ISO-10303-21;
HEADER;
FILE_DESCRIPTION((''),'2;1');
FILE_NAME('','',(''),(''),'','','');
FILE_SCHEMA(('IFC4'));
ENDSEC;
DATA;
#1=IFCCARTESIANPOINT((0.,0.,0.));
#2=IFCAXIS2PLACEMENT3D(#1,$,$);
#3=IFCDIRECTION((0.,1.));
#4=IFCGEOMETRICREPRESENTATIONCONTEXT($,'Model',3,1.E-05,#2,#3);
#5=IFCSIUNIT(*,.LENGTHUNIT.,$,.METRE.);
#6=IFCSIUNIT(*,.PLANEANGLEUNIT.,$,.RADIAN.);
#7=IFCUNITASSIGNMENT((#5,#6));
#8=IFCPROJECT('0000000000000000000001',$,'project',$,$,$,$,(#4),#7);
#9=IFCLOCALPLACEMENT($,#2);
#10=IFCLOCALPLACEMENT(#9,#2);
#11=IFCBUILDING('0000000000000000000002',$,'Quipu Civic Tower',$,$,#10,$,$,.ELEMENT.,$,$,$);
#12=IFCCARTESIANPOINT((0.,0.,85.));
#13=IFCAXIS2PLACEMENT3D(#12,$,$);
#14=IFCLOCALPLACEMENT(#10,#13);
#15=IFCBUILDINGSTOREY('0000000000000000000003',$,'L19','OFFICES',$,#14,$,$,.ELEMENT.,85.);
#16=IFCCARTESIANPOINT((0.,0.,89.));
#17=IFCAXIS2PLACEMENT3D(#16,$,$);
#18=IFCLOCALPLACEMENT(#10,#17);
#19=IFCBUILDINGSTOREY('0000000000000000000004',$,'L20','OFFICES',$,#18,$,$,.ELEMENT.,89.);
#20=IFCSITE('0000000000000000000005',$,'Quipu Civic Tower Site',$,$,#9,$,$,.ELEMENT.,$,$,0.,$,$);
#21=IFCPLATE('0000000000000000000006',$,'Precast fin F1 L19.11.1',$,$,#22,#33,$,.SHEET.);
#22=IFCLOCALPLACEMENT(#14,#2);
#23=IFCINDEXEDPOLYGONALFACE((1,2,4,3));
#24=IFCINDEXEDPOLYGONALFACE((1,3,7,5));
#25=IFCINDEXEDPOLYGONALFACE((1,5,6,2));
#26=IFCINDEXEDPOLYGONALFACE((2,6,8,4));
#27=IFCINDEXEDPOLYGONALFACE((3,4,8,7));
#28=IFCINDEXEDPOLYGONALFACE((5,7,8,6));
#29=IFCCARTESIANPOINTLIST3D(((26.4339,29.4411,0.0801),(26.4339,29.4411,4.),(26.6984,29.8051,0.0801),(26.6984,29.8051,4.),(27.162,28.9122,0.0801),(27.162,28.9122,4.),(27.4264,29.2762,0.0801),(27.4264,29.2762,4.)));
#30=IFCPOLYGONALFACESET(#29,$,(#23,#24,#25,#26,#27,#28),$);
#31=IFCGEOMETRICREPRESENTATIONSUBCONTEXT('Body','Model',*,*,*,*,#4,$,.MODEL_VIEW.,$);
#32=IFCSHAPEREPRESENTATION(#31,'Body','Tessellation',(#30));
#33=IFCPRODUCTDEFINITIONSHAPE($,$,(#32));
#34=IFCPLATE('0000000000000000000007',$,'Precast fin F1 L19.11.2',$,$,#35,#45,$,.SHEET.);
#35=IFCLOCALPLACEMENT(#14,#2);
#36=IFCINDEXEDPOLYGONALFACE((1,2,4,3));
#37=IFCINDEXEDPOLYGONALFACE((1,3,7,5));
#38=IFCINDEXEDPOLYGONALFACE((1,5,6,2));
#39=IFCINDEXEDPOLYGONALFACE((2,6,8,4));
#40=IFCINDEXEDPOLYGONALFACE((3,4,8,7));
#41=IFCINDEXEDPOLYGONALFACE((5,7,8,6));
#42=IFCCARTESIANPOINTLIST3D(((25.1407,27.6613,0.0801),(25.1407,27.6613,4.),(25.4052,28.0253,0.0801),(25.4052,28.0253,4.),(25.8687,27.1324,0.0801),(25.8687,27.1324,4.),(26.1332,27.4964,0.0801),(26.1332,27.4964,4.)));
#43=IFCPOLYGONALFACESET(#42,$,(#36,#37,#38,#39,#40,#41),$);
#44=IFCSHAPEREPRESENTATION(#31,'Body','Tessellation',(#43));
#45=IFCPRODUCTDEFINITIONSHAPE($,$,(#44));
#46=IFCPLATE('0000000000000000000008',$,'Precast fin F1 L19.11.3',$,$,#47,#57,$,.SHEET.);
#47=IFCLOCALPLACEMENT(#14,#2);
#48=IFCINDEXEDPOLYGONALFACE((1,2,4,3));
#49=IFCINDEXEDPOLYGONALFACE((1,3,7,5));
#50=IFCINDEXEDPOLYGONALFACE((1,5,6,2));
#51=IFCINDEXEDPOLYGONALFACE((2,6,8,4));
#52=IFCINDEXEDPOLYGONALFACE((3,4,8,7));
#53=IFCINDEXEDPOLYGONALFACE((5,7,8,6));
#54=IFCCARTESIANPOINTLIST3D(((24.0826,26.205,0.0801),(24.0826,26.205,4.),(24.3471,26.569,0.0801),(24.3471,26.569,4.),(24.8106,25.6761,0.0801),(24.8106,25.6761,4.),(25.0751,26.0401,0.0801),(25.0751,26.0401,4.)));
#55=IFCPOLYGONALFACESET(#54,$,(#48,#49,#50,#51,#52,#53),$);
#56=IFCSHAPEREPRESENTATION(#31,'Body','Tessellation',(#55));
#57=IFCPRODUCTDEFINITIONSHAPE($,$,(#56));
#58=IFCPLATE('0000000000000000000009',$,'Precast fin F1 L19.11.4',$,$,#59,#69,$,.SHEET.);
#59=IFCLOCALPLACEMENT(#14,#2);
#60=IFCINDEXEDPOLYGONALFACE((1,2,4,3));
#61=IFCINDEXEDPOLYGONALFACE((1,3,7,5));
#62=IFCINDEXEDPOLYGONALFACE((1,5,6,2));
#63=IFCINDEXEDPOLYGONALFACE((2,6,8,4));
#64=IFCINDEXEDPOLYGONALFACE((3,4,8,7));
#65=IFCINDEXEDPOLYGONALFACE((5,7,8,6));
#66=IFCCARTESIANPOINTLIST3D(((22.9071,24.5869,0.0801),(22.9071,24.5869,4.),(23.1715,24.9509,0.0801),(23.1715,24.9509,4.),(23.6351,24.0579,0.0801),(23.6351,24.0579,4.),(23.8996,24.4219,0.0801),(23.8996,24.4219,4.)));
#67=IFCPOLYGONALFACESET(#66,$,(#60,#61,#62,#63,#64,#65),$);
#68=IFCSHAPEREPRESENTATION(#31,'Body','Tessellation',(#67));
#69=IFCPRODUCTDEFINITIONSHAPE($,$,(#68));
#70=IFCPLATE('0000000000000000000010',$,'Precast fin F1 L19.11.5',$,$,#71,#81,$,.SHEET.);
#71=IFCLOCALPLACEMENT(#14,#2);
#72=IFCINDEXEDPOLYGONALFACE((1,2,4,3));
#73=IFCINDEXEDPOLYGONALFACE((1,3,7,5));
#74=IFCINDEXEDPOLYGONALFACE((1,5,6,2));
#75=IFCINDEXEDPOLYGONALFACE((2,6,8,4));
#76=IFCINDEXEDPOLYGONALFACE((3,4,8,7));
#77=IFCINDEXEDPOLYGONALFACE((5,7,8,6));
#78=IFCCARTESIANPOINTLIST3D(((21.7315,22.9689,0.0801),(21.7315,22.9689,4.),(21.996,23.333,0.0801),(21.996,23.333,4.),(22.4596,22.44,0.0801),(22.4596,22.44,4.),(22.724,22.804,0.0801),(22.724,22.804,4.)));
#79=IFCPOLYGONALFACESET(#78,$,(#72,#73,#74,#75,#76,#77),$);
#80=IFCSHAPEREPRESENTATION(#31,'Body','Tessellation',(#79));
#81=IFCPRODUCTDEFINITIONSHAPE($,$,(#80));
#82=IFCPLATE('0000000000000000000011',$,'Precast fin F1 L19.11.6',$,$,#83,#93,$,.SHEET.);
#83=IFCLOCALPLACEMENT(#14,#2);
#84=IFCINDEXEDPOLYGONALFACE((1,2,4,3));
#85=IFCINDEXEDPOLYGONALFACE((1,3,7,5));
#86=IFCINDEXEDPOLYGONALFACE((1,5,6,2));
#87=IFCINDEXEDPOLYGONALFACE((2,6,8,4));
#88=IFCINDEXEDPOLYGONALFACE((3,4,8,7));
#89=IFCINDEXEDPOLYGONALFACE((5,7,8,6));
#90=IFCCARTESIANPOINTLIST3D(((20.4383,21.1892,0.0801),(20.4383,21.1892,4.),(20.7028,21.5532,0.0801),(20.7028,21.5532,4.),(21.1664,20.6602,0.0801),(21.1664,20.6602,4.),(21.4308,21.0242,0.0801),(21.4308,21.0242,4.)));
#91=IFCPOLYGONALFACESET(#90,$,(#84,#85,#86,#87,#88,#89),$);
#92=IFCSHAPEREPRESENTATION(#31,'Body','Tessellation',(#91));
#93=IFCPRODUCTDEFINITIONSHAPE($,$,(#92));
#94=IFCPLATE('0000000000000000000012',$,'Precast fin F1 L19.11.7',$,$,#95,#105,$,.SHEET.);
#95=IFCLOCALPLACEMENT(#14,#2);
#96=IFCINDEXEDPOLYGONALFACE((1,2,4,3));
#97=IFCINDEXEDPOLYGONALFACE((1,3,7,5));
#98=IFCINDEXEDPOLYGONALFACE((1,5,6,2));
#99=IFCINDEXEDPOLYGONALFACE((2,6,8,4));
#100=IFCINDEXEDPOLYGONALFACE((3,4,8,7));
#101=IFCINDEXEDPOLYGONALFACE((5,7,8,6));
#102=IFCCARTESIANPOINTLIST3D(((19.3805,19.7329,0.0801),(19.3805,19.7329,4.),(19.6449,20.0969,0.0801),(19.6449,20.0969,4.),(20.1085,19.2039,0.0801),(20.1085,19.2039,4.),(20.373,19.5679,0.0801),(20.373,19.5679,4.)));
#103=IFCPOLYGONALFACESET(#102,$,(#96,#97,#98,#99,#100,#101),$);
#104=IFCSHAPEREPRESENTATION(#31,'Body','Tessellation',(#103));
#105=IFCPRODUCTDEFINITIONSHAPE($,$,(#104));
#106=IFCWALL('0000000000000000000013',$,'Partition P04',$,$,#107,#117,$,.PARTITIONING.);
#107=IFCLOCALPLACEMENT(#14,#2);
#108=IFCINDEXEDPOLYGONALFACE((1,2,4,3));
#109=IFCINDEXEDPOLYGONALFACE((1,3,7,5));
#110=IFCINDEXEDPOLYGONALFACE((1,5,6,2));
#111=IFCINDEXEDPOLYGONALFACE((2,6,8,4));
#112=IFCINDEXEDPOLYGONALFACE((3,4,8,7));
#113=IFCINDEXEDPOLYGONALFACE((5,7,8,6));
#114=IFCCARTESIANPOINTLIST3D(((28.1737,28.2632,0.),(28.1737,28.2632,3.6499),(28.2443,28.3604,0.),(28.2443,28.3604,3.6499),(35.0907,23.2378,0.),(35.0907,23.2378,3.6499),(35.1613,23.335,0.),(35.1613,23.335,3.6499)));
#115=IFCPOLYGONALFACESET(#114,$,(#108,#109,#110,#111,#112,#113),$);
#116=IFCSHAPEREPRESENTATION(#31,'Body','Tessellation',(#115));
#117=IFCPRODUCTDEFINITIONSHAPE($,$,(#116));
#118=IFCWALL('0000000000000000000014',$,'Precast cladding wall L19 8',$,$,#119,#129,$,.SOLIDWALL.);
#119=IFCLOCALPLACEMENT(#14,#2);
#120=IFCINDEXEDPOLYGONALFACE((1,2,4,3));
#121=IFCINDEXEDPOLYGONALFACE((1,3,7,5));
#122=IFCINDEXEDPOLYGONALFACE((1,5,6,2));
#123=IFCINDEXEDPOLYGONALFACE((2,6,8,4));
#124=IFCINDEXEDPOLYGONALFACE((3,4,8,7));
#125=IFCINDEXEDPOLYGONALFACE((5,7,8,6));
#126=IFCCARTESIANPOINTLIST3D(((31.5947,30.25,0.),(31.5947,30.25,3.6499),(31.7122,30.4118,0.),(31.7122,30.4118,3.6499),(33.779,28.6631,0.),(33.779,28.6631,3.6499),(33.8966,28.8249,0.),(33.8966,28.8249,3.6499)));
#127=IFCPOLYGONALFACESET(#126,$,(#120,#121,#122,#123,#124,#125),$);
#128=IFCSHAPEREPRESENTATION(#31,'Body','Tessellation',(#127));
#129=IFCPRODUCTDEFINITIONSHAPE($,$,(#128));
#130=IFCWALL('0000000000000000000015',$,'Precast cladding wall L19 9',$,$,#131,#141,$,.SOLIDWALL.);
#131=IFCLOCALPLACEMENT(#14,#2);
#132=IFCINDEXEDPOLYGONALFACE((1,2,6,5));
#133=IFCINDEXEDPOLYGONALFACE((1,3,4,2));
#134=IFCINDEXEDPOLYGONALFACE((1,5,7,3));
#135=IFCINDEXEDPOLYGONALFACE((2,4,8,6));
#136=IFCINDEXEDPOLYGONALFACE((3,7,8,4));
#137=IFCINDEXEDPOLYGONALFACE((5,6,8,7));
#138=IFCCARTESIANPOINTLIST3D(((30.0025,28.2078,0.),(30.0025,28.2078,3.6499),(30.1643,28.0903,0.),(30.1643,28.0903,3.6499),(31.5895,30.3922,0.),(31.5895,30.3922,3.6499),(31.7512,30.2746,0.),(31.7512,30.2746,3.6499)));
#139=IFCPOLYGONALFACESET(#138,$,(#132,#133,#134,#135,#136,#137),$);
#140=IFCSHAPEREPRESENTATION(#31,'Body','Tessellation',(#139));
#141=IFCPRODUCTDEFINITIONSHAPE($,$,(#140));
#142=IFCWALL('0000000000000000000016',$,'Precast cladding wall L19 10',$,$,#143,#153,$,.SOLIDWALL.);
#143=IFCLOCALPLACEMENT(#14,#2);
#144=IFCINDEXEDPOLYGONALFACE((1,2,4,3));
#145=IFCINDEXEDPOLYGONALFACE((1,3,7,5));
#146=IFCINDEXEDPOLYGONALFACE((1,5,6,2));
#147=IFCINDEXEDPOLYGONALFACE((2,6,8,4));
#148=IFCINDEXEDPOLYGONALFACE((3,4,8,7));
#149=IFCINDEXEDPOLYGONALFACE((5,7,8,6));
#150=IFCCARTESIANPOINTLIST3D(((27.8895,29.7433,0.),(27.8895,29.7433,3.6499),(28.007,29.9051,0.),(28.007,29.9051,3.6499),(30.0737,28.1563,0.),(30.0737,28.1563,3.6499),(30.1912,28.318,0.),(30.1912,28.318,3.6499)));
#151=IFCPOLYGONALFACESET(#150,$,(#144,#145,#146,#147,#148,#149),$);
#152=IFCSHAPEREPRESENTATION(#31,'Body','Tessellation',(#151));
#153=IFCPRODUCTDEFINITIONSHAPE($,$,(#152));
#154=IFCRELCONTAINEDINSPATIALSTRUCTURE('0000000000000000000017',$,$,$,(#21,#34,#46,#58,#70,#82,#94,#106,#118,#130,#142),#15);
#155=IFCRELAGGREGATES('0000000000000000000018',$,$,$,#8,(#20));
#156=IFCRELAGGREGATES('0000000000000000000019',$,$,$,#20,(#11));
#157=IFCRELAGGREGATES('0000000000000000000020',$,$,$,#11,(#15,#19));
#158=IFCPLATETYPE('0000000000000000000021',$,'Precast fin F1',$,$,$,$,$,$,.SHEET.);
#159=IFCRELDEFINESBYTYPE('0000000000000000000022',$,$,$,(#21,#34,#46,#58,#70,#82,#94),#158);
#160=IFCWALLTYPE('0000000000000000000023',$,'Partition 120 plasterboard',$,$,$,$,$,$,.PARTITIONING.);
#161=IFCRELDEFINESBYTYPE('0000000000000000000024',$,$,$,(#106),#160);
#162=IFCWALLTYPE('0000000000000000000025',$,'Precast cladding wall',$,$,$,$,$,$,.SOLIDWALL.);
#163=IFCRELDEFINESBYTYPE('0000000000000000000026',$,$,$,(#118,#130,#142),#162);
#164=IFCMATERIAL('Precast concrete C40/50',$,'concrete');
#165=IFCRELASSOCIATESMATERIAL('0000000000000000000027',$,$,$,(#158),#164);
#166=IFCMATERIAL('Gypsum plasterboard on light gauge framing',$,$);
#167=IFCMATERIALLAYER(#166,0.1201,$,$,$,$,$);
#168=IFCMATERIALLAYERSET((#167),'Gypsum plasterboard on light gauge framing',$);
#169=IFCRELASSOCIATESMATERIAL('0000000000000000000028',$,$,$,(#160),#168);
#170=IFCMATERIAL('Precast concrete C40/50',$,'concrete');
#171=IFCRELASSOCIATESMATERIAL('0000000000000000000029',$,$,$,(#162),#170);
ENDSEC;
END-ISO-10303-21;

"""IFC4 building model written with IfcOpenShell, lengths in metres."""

from ifc_helpers import new_model, si_unit, direction, frame, frame_2d, origin, origin_2d, place, context, subcontext, project, spatial, rectangle, extrude, material, layer, layer_set, type_object, element, save


model = new_model("IFC4")

# Units and contexts
model_context = context("Model", 3, precision=1e-05, world=origin(), true_north=direction((0.0, 1.0)))
body_context = subcontext(model_context, "Body", "Model", "MODEL_VIEW")
ifc_project = project(units=[si_unit("LENGTHUNIT", "METRE"), si_unit("PLANEANGLEUNIT", "RADIAN")], contexts=[model_context])

# Site, building, storey
site_placement = place(None, origin())
site = spatial("IfcSite", under=ifc_project, at=site_placement, Name="Quipu Civic Tower Site", CompositionType="ELEMENT", RefElevation=0.0)
building_placement = place(site_placement, origin())
building = spatial("IfcBuilding", under=site, at=building_placement, Name="Quipu Civic Tower", CompositionType="ELEMENT")
storey_1_placement = place(building_placement, frame((0.0, 0.0, 85.0)))
storey_1 = spatial("IfcBuildingStorey", under=building, at=storey_1_placement, Name="L19", Description="OFFICES", CompositionType="ELEMENT", Elevation=85.0)

# Shared definitions
storey_2_placement = place(building_placement, frame((0.0, 0.0, 89.0)))
storey_2 = spatial("IfcBuildingStorey", under=building, at=storey_2_placement, Name="L20", Description="OFFICES", CompositionType="ELEMENT", Elevation=89.0)

# Plates
ifc_material_1 = material(Name="Precast concrete C40/50", Category="concrete")
plate_type_1 = type_object("IfcPlateType", Name="Precast fin F1", PredefinedType="SHEET", material=ifc_material_1)
for number, where, z_axis, x_axis, name in (
    (1, (26.9302, 29.3586, 0.0801), (0.0, 0.0, 1.0), (-0.587787, -0.809016, 0.0), "Precast fin F1 L19.11.1"),
    (2, (25.637, 27.5789, 0.0801), (0.0, 0.0, 1.0), (-0.587787, -0.809016, 0.0), "Precast fin F1 L19.11.2"),
    (3, (24.5789, 26.1226, 0.0801), (0.0, 0.0, 1.0), (-0.587787, -0.809016, 0.0), "Precast fin F1 L19.11.3"),
    (4, (23.4033, 24.5044, 0.0801), (0.0, 0.0, 1.0), (-0.587787, -0.809016, 0.0), "Precast fin F1 L19.11.4"),
    (5, (22.2278, 22.8865, 0.0801), (0.0, 0.0, 1.0), (-0.587787, -0.809016, 0.0), "Precast fin F1 L19.11.5"),
    (6, (20.9346, 21.1067, 0.0801), (0.0, 0.0, 1.0), (-0.587787, -0.809016, 0.0), "Precast fin F1 L19.11.6"),
    (7, (19.8767, 19.6504, 0.0801), (0.0, 0.0, 1.0), (-0.587787, -0.809016, 0.0), "Precast fin F1 L19.11.7"),
):
    element("IfcPlate", number, at=place(storey_1_placement, frame(where, z_axis=z_axis, x_axis=x_axis)), inside=storey_1, type_object=plate_type_1, Name=name, PredefinedType="SHEET", context=body_context, shape_type="SweptSolid", body=[
        extrude(rectangle(XDim=0.45, YDim=0.8999, at=origin_2d()), origin(), (0.0, 0.0, 1.0), 3.9199),
    ])

# Walls
ifc_material_2 = material(Name="Gypsum plasterboard on light gauge framing")
ifc_layer_1 = layer(ifc_material_2, 0.1201)
ifc_layer_set_1 = layer_set([ifc_layer_1], Name="Gypsum plasterboard on light gauge framing")
wall_type_1 = type_object("IfcWallType", Name="Partition 120 plasterboard", PredefinedType="PARTITIONING", material=ifc_layer_set_1)
wall_placement = place(storey_1_placement, frame((35.126, 23.2864, 0.0), z_axis=(0.0, 0.0, 1.0), x_axis=(-0.809022, 0.587778, 0.0)))
element("IfcWall", 8, at=wall_placement, inside=storey_1, type_object=wall_type_1, Name="Partition P04", PredefinedType="PARTITIONING", context=body_context, shape_type="SweptSolid", body=[
    extrude(rectangle(XDim=8.5498, YDim=0.1201, at=frame_2d((4.2749, 0.0))), origin(), (0.0, 0.0, 1.0), 3.6499),
])
ifc_material_3 = material(Name="Precast concrete C40/50", Category="concrete")
wall_type_2 = type_object("IfcWallType", Name="Precast cladding wall", PredefinedType="SOLIDWALL", material=ifc_material_3)
for number, where, z_axis, x_axis, name in (
    (9, (33.8379, 28.7439, 0.0), (0.0, 0.0, 1.0), (-0.809033, 0.587763, 0.0), "Precast cladding wall L19 8"),
    (10, (31.6704, 30.3335, 0.0), (0.0, 0.0, 1.0), (-0.587763, -0.809033, 0.0), "Precast cladding wall L19 9"),
    (11, (30.1326, 28.2371, 0.0), (0.0, 0.0, 1.0), (-0.80899, 0.587822, 0.0), "Precast cladding wall L19 10"),
):
    element("IfcWall", number, at=place(storey_1_placement, frame(where, z_axis=z_axis, x_axis=x_axis)), inside=storey_1, type_object=wall_type_2, Name=name, PredefinedType="SOLIDWALL", context=body_context, shape_type="SweptSolid", body=[
        extrude(rectangle(XDim=2.7, YDim=0.2, at=frame_2d((1.3501, 0.0))), origin(), (0.0, 0.0, 1.0), 3.6499),
    ])

save(model, "model.ifc")
